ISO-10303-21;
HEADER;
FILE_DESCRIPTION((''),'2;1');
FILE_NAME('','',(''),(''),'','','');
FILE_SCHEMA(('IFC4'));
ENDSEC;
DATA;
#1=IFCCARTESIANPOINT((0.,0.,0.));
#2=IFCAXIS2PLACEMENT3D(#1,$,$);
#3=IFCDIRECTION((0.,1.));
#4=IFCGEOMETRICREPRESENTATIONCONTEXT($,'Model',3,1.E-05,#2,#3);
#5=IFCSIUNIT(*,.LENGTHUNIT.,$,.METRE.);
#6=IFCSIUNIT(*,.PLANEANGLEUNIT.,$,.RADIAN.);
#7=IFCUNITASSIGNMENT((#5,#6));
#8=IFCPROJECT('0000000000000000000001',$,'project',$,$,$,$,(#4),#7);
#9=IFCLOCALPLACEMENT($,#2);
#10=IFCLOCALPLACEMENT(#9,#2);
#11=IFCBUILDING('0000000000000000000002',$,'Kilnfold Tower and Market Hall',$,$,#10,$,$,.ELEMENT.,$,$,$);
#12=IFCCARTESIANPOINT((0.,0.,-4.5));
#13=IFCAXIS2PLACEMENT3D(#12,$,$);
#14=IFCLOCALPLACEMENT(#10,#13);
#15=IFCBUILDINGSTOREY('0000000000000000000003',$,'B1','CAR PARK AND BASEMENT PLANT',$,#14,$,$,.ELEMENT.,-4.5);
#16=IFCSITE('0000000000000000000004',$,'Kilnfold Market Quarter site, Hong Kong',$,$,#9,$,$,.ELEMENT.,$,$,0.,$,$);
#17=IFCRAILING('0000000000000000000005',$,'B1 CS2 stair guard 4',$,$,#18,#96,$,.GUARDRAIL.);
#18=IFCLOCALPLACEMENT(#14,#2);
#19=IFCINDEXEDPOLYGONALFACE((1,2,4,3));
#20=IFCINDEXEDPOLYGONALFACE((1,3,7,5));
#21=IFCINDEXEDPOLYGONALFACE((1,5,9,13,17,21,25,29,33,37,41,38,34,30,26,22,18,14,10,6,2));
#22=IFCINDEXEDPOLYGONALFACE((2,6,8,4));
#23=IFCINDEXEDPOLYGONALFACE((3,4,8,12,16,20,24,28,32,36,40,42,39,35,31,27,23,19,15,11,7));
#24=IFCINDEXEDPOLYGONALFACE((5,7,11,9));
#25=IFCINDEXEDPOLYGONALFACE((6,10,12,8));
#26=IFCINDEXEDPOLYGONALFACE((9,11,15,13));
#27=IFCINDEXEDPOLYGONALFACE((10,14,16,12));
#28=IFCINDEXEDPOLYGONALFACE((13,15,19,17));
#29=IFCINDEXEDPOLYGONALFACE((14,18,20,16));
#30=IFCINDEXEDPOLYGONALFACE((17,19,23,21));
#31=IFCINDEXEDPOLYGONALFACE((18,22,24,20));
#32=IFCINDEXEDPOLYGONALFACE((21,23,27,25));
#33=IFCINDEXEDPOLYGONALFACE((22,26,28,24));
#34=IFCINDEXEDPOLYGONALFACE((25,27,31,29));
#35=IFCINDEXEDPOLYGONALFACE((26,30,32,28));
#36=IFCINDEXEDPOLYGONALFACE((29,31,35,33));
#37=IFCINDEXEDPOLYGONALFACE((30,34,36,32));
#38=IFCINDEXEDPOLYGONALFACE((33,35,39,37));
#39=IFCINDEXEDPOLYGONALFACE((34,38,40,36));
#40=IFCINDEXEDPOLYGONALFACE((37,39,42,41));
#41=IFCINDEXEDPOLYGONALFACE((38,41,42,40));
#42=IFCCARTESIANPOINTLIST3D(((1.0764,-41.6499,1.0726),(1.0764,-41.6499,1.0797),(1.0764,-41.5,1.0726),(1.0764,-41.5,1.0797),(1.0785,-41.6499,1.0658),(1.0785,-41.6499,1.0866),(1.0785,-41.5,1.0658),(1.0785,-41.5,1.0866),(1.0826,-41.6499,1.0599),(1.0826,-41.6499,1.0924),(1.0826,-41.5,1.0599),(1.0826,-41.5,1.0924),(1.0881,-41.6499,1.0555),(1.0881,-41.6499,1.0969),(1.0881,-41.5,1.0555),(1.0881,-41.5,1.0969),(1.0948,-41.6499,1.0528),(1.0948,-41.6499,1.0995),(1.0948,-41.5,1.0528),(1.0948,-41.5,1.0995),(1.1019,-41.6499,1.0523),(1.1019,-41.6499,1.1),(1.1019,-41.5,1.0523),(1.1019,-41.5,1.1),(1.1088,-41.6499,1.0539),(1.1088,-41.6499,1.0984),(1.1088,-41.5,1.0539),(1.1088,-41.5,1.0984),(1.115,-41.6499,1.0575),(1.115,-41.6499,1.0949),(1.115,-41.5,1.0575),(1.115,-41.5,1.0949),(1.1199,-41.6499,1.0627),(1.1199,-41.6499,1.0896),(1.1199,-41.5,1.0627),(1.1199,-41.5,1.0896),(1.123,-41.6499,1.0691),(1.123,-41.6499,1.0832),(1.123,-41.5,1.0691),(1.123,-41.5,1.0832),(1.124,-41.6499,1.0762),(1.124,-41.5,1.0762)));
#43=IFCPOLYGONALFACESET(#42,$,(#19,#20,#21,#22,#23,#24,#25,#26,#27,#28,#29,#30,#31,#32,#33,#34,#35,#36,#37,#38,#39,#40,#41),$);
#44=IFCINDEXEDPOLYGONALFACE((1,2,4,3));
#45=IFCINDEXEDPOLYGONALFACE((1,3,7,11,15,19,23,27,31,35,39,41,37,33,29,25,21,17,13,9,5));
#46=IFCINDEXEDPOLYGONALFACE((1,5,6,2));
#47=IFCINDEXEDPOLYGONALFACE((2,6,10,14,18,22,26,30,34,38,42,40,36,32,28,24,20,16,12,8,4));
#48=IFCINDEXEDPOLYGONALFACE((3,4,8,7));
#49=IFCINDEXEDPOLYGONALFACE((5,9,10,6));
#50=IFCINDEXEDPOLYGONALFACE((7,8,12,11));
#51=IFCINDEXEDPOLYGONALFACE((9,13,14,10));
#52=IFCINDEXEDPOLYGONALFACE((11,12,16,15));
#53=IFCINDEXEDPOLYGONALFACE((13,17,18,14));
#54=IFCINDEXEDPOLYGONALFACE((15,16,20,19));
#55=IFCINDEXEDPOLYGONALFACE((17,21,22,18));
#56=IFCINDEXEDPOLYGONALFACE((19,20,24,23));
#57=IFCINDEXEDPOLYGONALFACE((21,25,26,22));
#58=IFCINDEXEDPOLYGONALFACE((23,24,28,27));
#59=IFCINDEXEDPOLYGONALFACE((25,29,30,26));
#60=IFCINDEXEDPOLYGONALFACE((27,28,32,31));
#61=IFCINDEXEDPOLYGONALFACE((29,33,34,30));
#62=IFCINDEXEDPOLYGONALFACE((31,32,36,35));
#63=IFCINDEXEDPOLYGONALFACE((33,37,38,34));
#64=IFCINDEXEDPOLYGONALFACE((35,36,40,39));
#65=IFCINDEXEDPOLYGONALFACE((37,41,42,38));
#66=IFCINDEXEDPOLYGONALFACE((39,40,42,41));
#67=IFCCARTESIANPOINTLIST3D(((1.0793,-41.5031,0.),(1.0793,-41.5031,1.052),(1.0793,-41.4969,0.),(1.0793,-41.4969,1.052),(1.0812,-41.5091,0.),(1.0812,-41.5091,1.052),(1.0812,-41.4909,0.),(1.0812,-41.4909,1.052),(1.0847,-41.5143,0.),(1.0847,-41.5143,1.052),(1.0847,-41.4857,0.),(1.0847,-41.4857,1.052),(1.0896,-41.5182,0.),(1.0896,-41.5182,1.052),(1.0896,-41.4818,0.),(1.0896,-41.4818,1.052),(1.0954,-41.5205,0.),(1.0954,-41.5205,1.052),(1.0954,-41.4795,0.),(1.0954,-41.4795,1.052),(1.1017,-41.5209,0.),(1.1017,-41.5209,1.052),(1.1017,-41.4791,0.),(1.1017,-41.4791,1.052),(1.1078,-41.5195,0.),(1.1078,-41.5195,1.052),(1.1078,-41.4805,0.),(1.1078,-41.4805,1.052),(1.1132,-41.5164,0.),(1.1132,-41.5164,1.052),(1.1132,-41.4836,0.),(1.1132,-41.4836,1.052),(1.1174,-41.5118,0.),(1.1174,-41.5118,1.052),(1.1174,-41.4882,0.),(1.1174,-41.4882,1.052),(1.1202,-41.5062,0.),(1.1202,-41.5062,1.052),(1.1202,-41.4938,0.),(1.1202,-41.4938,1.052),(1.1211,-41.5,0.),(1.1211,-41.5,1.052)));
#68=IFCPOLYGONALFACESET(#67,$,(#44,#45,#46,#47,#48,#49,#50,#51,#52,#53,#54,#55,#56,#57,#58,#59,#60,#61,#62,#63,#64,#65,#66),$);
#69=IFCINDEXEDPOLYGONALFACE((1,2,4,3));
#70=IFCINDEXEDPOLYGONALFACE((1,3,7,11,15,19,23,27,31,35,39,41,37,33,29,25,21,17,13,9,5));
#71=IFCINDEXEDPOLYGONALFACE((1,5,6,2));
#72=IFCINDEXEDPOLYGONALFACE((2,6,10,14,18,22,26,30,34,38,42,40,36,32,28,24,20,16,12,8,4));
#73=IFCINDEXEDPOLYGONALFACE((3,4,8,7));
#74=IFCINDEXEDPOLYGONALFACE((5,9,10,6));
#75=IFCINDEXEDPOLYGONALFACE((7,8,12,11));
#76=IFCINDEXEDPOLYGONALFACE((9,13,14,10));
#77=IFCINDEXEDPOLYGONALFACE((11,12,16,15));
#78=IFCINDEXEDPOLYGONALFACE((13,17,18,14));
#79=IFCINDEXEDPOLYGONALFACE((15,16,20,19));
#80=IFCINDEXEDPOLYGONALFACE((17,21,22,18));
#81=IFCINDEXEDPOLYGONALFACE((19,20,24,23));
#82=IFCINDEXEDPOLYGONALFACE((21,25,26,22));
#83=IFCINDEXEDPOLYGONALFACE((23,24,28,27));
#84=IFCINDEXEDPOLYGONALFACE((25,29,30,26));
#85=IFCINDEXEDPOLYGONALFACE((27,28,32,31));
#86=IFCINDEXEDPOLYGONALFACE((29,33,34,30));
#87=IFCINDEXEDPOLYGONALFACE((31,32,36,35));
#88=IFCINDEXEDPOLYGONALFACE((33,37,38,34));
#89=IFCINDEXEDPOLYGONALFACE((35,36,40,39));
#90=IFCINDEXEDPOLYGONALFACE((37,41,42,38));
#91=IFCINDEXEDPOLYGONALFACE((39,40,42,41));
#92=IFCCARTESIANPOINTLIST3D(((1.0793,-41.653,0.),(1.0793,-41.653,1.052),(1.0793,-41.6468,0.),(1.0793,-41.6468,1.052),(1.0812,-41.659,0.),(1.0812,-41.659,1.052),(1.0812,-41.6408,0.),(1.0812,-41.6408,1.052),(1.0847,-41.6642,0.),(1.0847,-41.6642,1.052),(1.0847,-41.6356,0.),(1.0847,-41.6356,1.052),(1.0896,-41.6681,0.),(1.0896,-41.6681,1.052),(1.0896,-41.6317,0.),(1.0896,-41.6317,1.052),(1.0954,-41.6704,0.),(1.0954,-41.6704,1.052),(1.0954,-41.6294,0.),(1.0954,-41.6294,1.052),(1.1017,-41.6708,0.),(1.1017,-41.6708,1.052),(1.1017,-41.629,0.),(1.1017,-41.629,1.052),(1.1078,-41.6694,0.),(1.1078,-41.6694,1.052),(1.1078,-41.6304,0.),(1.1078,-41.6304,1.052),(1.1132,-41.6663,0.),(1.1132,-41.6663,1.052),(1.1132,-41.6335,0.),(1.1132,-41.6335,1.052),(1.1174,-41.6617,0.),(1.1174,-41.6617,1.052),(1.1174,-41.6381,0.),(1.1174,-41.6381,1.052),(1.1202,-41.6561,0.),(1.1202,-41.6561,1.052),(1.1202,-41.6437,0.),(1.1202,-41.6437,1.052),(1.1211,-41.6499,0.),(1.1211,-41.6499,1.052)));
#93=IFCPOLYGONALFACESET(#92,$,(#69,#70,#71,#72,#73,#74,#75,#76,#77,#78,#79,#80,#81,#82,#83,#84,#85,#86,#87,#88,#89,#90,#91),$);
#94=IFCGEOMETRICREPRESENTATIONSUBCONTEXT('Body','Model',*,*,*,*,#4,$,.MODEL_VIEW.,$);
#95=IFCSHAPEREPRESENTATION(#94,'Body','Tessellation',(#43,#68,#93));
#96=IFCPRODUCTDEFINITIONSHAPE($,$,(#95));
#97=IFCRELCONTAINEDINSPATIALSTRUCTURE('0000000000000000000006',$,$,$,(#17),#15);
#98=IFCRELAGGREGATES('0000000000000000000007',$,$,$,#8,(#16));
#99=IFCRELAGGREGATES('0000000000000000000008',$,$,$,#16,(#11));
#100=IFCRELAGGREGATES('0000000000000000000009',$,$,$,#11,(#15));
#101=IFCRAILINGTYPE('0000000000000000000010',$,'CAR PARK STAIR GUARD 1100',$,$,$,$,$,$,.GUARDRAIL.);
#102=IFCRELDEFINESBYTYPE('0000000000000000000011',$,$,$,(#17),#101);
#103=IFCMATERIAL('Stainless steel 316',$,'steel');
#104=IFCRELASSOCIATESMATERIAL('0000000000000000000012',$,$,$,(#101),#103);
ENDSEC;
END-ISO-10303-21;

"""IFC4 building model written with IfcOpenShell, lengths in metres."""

from ifc_helpers import new_model, si_unit, direction, frame, origin, origin_2d, place, context, subcontext, project, spatial, circle, extrude, material, type_object, element, save


model = new_model("IFC4")

# Units and contexts
model_context = context("Model", 3, precision=1e-05, world=origin(), true_north=direction((0.0, 1.0)))
body_context = subcontext(model_context, "Body", "Model", "MODEL_VIEW")
ifc_project = project(units=[si_unit("LENGTHUNIT", "METRE"), si_unit("PLANEANGLEUNIT", "RADIAN")], contexts=[model_context])

# Site, building, storey
site_placement = place(None, origin())
site = spatial("IfcSite", under=ifc_project, at=site_placement, Name="Kilnfold Market Quarter site, Hong Kong", CompositionType="ELEMENT", RefElevation=0.0)
building_placement = place(site_placement, origin())
building = spatial("IfcBuilding", under=site, at=building_placement, Name="Kilnfold Tower and Market Hall", CompositionType="ELEMENT")
storey_placement = place(building_placement, frame((0.0, 0.0, -4.5)))
storey = spatial("IfcBuildingStorey", under=building, at=storey_placement, Name="B1", Description="CAR PARK AND BASEMENT PLANT", CompositionType="ELEMENT", Elevation=-4.5)

# Railing
ifc_material_1 = material(Name="Stainless steel 316", Category="steel")
railing_type_1 = type_object("IfcRailingType", Name="CAR PARK STAIR GUARD 1100", PredefinedType="GUARDRAIL", material=ifc_material_1)
railing_1_placement = place(storey_placement, frame((1.1001, -41.5, 0.0)))
element("IfcRailing", 1, at=railing_1_placement, inside=storey, type_object=railing_type_1, Name="B1 CS2 stair guard 4", PredefinedType="GUARDRAIL", context=body_context, shape_type="SweptSolid", body=[
    extrude(circle(Radius=0.0239, at=origin_2d()), frame((0.0, 0.0, 1.0762), z_axis=(0.0, -1.0, 0.0), x_axis=(1.0, 0.0, 0.0)), (0.0, 0.0, 1.0), 0.1499),
    extrude(circle(Radius=0.021, at=origin_2d()), origin(), (0.0, 0.0, 1.0), 1.052),
    extrude(circle(Radius=0.021, at=origin_2d()), frame((0.0, -0.1499, 0.0)), (0.0, 0.0, 1.0), 1.052),
])

save(model, "model.ifc")
